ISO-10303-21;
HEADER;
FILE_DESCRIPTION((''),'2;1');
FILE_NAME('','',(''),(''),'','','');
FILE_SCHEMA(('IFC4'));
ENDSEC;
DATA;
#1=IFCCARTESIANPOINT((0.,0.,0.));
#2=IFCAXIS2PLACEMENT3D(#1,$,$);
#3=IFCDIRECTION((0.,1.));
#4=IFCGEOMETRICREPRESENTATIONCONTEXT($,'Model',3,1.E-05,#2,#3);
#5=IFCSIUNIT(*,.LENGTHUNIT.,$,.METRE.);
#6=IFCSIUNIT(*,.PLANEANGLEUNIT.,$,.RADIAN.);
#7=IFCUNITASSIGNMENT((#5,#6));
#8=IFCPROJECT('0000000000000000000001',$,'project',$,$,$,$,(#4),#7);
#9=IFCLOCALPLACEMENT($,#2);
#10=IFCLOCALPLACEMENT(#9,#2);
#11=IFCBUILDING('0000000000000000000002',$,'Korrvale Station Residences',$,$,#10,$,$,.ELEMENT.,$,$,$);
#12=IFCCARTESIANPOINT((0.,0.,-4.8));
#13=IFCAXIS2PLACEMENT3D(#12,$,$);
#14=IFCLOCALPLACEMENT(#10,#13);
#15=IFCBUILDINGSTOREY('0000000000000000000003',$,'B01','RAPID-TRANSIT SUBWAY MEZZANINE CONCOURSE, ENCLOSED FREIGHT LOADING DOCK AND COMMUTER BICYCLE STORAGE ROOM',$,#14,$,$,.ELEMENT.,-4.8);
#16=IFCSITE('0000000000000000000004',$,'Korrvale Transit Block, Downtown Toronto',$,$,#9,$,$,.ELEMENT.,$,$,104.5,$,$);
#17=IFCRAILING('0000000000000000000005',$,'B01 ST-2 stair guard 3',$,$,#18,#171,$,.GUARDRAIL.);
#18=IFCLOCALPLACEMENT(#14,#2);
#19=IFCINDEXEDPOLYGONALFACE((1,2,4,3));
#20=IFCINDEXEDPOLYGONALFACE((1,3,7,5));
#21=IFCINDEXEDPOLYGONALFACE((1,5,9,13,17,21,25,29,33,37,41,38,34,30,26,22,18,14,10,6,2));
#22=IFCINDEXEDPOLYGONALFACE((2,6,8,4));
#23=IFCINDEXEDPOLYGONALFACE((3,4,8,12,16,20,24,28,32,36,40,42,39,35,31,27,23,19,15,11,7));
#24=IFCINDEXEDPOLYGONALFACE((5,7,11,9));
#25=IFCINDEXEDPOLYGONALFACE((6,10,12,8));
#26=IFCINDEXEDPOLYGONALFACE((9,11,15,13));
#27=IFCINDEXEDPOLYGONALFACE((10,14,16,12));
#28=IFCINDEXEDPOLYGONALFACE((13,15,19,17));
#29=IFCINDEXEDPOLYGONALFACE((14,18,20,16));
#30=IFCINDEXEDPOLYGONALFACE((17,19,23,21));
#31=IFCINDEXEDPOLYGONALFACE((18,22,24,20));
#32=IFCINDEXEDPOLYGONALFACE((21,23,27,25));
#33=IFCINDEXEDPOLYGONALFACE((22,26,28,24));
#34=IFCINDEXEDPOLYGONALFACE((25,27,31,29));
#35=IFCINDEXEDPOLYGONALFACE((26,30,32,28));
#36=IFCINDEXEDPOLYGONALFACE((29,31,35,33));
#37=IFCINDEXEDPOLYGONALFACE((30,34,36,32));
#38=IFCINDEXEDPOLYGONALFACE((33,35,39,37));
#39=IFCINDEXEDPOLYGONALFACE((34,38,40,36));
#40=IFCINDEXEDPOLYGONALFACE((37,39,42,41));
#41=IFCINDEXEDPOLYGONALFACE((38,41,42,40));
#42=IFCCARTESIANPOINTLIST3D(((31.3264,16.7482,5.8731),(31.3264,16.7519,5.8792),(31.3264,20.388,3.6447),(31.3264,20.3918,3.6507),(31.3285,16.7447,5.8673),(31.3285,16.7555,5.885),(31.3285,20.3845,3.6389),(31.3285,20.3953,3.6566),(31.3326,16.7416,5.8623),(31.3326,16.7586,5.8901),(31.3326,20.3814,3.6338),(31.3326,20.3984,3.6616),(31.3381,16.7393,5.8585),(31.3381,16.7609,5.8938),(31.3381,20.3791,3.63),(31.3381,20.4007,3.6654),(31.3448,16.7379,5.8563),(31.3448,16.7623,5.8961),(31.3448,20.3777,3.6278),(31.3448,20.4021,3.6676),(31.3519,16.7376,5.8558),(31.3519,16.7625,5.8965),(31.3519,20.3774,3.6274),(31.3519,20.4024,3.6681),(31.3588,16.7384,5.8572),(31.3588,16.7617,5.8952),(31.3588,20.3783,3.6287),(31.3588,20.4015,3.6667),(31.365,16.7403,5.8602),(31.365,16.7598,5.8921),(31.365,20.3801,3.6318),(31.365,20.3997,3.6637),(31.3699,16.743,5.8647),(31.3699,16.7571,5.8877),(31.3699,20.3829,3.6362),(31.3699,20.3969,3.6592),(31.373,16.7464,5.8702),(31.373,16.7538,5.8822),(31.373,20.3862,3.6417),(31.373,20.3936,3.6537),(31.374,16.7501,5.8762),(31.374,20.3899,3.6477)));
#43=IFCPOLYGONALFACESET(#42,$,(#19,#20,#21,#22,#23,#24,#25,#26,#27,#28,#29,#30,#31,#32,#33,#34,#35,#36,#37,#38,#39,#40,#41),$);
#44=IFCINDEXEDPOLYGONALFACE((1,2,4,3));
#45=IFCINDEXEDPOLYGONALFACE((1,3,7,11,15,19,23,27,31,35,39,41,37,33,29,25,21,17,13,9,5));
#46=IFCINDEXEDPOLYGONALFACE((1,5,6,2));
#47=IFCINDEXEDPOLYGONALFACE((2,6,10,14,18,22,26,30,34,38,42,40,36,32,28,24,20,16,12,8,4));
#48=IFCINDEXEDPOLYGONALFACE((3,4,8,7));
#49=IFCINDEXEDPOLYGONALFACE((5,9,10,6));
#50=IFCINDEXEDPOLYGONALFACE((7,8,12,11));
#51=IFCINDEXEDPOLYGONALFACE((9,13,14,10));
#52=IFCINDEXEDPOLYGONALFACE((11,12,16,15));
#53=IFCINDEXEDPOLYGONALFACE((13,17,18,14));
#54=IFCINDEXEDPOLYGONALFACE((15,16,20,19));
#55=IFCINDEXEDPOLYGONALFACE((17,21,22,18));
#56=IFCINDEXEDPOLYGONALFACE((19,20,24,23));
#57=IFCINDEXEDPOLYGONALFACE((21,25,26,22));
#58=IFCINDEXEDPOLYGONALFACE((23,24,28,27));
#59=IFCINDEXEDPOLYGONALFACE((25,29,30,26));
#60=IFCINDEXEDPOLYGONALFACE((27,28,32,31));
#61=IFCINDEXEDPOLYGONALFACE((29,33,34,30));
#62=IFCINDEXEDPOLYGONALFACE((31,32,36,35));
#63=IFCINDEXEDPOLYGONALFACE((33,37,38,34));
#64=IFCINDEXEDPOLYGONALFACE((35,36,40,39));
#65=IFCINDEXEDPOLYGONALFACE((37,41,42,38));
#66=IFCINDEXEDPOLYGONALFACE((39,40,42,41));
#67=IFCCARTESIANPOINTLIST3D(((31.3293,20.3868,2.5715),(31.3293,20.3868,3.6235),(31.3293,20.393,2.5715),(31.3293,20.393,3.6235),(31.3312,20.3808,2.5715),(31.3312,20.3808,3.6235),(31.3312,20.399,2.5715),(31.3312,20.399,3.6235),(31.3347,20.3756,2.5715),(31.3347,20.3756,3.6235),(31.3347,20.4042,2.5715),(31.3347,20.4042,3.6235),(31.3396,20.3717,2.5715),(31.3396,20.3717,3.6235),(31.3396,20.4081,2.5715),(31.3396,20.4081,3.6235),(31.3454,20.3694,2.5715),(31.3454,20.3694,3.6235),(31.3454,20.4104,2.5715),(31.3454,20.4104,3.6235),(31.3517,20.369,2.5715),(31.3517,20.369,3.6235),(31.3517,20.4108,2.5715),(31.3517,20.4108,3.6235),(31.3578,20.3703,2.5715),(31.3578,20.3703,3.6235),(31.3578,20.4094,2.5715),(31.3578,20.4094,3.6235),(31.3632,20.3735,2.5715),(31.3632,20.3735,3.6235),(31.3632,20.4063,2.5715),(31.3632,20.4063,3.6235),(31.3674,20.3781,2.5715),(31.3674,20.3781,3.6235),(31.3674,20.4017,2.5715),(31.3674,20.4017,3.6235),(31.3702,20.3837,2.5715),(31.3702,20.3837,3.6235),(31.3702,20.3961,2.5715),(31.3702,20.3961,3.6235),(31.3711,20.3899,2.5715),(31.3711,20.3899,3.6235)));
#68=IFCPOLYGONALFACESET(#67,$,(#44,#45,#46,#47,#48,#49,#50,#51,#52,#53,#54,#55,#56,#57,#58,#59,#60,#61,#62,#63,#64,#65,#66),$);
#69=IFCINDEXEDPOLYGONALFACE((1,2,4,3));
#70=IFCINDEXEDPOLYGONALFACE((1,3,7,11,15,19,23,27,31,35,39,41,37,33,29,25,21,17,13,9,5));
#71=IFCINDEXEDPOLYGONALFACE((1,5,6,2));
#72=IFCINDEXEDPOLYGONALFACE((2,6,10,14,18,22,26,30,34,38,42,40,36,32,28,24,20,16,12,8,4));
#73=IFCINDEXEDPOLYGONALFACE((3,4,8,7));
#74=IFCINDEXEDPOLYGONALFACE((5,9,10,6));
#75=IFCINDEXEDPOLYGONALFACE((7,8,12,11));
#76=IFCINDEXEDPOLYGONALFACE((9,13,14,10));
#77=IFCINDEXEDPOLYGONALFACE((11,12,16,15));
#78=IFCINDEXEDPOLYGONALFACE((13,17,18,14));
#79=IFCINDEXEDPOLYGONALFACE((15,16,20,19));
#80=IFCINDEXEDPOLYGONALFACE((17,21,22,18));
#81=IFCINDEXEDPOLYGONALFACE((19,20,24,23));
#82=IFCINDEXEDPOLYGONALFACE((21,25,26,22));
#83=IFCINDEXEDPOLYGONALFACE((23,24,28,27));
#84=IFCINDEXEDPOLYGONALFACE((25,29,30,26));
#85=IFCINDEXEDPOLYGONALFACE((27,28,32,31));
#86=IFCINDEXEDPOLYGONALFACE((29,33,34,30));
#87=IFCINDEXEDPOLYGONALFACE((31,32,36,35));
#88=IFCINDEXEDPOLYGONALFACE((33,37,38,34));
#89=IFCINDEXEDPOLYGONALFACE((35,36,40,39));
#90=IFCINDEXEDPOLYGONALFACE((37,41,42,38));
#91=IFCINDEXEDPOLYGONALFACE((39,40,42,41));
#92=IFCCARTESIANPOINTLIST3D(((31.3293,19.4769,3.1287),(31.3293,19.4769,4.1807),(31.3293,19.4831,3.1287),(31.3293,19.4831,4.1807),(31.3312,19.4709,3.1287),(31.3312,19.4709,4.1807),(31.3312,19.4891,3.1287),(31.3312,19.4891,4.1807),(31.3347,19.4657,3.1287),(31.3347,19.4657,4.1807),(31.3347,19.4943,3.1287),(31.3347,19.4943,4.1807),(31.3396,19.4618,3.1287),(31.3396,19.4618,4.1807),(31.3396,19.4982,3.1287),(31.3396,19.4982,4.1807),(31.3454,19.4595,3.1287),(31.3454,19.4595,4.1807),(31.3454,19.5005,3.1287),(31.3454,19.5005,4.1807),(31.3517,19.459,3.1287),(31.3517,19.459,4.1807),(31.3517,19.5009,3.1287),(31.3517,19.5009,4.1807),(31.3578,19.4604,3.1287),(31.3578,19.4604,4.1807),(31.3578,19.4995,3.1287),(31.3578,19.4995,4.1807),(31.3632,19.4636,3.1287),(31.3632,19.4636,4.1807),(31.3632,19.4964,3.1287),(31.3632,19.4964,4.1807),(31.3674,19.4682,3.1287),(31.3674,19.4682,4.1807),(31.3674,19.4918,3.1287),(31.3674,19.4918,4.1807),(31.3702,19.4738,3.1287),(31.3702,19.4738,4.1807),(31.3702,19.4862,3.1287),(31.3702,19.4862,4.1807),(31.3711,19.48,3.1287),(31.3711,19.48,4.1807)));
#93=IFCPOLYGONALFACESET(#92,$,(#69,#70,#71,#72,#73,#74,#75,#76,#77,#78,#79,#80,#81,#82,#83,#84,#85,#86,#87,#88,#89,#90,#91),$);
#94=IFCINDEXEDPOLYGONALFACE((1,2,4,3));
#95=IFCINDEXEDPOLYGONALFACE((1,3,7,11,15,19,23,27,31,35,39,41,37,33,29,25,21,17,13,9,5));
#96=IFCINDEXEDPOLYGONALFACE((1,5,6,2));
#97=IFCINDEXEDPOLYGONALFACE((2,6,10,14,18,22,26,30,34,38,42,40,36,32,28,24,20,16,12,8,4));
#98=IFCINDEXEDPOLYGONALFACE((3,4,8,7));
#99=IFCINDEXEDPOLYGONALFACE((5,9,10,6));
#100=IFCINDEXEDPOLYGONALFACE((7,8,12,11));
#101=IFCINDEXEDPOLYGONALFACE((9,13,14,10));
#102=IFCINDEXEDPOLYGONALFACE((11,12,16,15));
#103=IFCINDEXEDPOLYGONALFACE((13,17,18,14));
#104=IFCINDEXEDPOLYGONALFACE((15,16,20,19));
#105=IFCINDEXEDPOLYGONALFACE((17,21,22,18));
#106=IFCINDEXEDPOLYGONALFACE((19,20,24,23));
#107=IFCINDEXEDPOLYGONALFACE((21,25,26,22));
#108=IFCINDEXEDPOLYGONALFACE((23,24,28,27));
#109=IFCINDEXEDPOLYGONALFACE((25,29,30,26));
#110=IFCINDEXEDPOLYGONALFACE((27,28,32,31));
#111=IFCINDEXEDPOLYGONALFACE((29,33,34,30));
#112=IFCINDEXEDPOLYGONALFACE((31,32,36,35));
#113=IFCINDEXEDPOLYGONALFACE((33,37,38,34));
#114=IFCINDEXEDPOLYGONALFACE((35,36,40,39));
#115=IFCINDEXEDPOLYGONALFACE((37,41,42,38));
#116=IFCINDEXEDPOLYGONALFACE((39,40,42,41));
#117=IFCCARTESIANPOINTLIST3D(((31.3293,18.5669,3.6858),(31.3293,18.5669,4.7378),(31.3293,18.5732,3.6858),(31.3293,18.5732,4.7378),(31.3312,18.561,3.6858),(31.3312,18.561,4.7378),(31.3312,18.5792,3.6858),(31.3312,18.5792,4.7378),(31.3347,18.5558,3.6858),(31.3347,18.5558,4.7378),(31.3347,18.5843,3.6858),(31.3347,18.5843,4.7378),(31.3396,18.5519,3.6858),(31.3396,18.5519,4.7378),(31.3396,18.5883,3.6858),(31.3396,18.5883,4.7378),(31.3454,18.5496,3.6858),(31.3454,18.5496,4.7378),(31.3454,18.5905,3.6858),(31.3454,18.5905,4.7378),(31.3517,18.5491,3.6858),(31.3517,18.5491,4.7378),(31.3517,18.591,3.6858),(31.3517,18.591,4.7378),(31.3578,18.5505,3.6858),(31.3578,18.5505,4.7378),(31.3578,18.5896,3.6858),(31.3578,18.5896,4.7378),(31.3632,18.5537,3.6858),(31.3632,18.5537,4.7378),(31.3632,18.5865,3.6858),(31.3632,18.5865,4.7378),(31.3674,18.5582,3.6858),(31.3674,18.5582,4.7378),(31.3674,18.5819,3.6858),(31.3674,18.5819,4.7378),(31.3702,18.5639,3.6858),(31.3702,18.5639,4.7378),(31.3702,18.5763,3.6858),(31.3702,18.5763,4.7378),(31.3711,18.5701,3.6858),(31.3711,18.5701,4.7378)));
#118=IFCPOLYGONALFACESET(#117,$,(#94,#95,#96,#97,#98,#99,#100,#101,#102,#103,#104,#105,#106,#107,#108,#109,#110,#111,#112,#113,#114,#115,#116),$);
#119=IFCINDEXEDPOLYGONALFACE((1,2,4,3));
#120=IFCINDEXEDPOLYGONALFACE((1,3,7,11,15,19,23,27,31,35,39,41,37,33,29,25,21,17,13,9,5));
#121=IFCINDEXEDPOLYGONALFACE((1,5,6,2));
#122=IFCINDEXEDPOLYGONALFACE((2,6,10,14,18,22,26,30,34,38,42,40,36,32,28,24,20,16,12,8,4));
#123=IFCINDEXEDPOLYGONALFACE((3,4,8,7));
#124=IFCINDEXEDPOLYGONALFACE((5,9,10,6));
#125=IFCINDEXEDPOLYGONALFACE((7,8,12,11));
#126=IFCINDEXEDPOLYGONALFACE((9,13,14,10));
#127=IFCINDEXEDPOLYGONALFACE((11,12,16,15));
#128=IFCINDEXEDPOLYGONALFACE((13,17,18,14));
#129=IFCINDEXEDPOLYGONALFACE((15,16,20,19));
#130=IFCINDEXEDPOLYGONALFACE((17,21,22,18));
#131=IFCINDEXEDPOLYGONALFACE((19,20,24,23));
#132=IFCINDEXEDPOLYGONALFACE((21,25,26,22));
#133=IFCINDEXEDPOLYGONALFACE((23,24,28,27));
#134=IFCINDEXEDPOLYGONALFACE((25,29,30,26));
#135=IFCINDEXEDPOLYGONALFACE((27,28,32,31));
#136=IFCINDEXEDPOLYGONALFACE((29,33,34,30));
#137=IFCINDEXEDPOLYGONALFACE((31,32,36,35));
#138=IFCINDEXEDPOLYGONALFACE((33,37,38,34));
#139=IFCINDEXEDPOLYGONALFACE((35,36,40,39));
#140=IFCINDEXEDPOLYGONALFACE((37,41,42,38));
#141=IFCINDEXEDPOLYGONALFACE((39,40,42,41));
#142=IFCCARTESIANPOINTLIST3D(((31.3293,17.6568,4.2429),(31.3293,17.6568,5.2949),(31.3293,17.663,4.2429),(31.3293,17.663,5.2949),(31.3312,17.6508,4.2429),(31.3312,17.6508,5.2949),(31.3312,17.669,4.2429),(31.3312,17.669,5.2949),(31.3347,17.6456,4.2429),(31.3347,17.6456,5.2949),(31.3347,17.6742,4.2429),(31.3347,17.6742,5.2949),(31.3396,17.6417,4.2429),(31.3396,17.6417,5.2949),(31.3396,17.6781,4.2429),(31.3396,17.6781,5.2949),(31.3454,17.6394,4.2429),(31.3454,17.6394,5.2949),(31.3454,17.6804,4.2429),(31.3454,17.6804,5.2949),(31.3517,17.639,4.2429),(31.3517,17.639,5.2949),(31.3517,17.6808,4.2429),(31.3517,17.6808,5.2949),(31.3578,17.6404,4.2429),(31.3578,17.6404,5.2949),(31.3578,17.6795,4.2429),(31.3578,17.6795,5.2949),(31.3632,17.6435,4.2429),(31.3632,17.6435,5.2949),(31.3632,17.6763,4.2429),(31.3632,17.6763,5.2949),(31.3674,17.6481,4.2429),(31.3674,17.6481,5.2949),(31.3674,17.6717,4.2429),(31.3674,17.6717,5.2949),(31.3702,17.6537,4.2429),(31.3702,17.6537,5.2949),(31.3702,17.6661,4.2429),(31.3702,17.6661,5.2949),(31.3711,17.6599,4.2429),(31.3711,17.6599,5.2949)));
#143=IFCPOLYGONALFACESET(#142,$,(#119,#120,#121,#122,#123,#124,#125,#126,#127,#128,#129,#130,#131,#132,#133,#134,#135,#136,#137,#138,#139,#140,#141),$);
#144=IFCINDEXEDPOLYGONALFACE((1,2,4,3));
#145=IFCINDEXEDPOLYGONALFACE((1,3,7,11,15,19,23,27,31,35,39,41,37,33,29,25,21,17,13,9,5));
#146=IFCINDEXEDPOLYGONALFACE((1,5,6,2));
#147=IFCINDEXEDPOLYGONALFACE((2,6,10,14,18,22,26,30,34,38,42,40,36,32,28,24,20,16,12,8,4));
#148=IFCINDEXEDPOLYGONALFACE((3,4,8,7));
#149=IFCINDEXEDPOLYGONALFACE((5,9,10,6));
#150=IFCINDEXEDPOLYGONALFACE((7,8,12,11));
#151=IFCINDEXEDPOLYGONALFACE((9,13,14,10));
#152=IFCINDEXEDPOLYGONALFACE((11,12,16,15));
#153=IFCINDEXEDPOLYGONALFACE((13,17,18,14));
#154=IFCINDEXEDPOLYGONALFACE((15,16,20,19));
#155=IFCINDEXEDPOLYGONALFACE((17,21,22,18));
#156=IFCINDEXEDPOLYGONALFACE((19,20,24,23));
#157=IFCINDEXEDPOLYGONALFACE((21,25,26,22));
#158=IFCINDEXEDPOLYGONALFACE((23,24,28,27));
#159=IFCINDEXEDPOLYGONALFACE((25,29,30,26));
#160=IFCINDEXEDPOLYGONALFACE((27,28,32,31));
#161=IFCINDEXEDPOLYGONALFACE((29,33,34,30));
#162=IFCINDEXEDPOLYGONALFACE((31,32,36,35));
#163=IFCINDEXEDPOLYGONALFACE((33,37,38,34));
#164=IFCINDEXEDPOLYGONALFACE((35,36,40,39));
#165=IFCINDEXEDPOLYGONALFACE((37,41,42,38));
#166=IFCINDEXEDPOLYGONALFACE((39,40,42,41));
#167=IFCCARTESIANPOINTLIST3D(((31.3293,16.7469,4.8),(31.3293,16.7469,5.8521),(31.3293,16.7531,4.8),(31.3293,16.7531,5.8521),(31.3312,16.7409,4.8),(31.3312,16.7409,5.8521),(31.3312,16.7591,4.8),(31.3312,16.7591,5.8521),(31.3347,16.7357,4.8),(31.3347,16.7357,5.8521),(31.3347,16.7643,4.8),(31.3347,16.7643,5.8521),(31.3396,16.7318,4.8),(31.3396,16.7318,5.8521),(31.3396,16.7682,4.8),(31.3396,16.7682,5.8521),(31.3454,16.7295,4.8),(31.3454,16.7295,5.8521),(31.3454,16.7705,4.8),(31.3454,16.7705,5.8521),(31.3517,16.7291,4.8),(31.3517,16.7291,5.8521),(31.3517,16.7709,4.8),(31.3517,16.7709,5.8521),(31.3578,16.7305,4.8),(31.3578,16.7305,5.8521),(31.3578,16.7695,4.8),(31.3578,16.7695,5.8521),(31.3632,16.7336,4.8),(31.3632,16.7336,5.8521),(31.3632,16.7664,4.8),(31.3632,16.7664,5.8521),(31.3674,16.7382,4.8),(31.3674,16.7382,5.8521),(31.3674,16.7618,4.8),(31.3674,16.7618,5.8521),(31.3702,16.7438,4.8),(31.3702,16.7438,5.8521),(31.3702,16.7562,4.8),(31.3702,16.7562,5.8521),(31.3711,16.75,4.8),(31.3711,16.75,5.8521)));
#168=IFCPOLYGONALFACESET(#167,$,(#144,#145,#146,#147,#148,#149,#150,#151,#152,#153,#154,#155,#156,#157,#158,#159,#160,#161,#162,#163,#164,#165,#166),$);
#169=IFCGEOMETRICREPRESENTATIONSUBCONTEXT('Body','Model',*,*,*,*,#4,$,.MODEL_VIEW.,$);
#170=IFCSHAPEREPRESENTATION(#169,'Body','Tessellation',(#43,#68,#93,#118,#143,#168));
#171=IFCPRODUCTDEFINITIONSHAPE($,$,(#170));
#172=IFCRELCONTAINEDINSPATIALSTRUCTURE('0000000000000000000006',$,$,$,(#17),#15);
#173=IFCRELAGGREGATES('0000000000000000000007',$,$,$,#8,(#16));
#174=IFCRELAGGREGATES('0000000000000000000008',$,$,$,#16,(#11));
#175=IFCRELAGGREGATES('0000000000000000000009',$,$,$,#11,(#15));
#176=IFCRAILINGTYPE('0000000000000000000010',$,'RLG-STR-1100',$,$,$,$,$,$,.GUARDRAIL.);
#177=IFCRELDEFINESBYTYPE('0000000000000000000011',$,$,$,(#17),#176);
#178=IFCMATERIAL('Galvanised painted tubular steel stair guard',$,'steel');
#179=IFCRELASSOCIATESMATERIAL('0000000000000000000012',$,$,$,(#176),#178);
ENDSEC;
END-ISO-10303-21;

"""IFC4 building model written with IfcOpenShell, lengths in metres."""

from ifc_helpers import new_model, si_unit, direction, frame, origin, origin_2d, place, context, subcontext, project, spatial, circle, extrude, material, type_object, element, save


model = new_model("IFC4")

# Units and contexts
model_context = context("Model", 3, precision=1e-05, world=origin(), true_north=direction((0.0, 1.0)))
body_context = subcontext(model_context, "Body", "Model", "MODEL_VIEW")
ifc_project = project(units=[si_unit("LENGTHUNIT", "METRE"), si_unit("PLANEANGLEUNIT", "RADIAN")], contexts=[model_context])

# Site, building, storey
site_placement = place(None, origin())
site = spatial("IfcSite", under=ifc_project, at=site_placement, Name="Korrvale Transit Block, Downtown Toronto", CompositionType="ELEMENT", RefElevation=104.5)
building_placement = place(site_placement, origin())
building = spatial("IfcBuilding", under=site, at=building_placement, Name="Korrvale Station Residences", CompositionType="ELEMENT")
storey_placement = place(building_placement, frame((0.0, 0.0, -4.8)))
storey = spatial("IfcBuildingStorey", under=building, at=storey_placement, Name="B01", Description="RAPID-TRANSIT SUBWAY MEZZANINE CONCOURSE, ENCLOSED FREIGHT LOADING DOCK AND COMMUTER BICYCLE STORAGE ROOM", CompositionType="ELEMENT", Elevation=-4.8)

# Railing
ifc_material_1 = material(Name="Galvanised painted tubular steel stair guard", Category="steel")
railing_type_1 = type_object("IfcRailingType", Name="RLG-STR-1100", PredefinedType="GUARDRAIL", material=ifc_material_1)
railing_1_placement = place(storey_placement, frame((31.3501, 20.3899, 2.5715)))
element("IfcRailing", 1, at=railing_1_placement, inside=storey, type_object=railing_type_1, Name="B01 ST-2 stair guard 3", PredefinedType="GUARDRAIL", context=body_context, shape_type="SweptSolid", body=[
    extrude(circle(Radius=0.0239, at=origin_2d()), frame((0.0, 0.0, 1.0762), z_axis=(0.0, -0.85285, 0.522156), x_axis=(1.0, 0.0, 0.0)), (0.0, 0.0, 1.0), 4.2678),
    extrude(circle(Radius=0.021, at=origin_2d()), origin(), (0.0, 0.0, 1.0), 1.052),
    extrude(circle(Radius=0.021, at=origin_2d()), frame((0.0, -0.9099, 0.5571)), (0.0, 0.0, 1.0), 1.052),
    extrude(circle(Radius=0.021, at=origin_2d()), frame((0.0, -1.8198, 1.1143)), (0.0, 0.0, 1.0), 1.052),
    extrude(circle(Radius=0.021, at=origin_2d()), frame((0.0, -2.73, 1.6714)), (0.0, 0.0, 1.0), 1.052),
    extrude(circle(Radius=0.021, at=origin_2d()), frame((0.0, -3.6399, 2.2285)), (0.0, 0.0, 1.0), 1.052),
])

save(model, "model.ifc")
